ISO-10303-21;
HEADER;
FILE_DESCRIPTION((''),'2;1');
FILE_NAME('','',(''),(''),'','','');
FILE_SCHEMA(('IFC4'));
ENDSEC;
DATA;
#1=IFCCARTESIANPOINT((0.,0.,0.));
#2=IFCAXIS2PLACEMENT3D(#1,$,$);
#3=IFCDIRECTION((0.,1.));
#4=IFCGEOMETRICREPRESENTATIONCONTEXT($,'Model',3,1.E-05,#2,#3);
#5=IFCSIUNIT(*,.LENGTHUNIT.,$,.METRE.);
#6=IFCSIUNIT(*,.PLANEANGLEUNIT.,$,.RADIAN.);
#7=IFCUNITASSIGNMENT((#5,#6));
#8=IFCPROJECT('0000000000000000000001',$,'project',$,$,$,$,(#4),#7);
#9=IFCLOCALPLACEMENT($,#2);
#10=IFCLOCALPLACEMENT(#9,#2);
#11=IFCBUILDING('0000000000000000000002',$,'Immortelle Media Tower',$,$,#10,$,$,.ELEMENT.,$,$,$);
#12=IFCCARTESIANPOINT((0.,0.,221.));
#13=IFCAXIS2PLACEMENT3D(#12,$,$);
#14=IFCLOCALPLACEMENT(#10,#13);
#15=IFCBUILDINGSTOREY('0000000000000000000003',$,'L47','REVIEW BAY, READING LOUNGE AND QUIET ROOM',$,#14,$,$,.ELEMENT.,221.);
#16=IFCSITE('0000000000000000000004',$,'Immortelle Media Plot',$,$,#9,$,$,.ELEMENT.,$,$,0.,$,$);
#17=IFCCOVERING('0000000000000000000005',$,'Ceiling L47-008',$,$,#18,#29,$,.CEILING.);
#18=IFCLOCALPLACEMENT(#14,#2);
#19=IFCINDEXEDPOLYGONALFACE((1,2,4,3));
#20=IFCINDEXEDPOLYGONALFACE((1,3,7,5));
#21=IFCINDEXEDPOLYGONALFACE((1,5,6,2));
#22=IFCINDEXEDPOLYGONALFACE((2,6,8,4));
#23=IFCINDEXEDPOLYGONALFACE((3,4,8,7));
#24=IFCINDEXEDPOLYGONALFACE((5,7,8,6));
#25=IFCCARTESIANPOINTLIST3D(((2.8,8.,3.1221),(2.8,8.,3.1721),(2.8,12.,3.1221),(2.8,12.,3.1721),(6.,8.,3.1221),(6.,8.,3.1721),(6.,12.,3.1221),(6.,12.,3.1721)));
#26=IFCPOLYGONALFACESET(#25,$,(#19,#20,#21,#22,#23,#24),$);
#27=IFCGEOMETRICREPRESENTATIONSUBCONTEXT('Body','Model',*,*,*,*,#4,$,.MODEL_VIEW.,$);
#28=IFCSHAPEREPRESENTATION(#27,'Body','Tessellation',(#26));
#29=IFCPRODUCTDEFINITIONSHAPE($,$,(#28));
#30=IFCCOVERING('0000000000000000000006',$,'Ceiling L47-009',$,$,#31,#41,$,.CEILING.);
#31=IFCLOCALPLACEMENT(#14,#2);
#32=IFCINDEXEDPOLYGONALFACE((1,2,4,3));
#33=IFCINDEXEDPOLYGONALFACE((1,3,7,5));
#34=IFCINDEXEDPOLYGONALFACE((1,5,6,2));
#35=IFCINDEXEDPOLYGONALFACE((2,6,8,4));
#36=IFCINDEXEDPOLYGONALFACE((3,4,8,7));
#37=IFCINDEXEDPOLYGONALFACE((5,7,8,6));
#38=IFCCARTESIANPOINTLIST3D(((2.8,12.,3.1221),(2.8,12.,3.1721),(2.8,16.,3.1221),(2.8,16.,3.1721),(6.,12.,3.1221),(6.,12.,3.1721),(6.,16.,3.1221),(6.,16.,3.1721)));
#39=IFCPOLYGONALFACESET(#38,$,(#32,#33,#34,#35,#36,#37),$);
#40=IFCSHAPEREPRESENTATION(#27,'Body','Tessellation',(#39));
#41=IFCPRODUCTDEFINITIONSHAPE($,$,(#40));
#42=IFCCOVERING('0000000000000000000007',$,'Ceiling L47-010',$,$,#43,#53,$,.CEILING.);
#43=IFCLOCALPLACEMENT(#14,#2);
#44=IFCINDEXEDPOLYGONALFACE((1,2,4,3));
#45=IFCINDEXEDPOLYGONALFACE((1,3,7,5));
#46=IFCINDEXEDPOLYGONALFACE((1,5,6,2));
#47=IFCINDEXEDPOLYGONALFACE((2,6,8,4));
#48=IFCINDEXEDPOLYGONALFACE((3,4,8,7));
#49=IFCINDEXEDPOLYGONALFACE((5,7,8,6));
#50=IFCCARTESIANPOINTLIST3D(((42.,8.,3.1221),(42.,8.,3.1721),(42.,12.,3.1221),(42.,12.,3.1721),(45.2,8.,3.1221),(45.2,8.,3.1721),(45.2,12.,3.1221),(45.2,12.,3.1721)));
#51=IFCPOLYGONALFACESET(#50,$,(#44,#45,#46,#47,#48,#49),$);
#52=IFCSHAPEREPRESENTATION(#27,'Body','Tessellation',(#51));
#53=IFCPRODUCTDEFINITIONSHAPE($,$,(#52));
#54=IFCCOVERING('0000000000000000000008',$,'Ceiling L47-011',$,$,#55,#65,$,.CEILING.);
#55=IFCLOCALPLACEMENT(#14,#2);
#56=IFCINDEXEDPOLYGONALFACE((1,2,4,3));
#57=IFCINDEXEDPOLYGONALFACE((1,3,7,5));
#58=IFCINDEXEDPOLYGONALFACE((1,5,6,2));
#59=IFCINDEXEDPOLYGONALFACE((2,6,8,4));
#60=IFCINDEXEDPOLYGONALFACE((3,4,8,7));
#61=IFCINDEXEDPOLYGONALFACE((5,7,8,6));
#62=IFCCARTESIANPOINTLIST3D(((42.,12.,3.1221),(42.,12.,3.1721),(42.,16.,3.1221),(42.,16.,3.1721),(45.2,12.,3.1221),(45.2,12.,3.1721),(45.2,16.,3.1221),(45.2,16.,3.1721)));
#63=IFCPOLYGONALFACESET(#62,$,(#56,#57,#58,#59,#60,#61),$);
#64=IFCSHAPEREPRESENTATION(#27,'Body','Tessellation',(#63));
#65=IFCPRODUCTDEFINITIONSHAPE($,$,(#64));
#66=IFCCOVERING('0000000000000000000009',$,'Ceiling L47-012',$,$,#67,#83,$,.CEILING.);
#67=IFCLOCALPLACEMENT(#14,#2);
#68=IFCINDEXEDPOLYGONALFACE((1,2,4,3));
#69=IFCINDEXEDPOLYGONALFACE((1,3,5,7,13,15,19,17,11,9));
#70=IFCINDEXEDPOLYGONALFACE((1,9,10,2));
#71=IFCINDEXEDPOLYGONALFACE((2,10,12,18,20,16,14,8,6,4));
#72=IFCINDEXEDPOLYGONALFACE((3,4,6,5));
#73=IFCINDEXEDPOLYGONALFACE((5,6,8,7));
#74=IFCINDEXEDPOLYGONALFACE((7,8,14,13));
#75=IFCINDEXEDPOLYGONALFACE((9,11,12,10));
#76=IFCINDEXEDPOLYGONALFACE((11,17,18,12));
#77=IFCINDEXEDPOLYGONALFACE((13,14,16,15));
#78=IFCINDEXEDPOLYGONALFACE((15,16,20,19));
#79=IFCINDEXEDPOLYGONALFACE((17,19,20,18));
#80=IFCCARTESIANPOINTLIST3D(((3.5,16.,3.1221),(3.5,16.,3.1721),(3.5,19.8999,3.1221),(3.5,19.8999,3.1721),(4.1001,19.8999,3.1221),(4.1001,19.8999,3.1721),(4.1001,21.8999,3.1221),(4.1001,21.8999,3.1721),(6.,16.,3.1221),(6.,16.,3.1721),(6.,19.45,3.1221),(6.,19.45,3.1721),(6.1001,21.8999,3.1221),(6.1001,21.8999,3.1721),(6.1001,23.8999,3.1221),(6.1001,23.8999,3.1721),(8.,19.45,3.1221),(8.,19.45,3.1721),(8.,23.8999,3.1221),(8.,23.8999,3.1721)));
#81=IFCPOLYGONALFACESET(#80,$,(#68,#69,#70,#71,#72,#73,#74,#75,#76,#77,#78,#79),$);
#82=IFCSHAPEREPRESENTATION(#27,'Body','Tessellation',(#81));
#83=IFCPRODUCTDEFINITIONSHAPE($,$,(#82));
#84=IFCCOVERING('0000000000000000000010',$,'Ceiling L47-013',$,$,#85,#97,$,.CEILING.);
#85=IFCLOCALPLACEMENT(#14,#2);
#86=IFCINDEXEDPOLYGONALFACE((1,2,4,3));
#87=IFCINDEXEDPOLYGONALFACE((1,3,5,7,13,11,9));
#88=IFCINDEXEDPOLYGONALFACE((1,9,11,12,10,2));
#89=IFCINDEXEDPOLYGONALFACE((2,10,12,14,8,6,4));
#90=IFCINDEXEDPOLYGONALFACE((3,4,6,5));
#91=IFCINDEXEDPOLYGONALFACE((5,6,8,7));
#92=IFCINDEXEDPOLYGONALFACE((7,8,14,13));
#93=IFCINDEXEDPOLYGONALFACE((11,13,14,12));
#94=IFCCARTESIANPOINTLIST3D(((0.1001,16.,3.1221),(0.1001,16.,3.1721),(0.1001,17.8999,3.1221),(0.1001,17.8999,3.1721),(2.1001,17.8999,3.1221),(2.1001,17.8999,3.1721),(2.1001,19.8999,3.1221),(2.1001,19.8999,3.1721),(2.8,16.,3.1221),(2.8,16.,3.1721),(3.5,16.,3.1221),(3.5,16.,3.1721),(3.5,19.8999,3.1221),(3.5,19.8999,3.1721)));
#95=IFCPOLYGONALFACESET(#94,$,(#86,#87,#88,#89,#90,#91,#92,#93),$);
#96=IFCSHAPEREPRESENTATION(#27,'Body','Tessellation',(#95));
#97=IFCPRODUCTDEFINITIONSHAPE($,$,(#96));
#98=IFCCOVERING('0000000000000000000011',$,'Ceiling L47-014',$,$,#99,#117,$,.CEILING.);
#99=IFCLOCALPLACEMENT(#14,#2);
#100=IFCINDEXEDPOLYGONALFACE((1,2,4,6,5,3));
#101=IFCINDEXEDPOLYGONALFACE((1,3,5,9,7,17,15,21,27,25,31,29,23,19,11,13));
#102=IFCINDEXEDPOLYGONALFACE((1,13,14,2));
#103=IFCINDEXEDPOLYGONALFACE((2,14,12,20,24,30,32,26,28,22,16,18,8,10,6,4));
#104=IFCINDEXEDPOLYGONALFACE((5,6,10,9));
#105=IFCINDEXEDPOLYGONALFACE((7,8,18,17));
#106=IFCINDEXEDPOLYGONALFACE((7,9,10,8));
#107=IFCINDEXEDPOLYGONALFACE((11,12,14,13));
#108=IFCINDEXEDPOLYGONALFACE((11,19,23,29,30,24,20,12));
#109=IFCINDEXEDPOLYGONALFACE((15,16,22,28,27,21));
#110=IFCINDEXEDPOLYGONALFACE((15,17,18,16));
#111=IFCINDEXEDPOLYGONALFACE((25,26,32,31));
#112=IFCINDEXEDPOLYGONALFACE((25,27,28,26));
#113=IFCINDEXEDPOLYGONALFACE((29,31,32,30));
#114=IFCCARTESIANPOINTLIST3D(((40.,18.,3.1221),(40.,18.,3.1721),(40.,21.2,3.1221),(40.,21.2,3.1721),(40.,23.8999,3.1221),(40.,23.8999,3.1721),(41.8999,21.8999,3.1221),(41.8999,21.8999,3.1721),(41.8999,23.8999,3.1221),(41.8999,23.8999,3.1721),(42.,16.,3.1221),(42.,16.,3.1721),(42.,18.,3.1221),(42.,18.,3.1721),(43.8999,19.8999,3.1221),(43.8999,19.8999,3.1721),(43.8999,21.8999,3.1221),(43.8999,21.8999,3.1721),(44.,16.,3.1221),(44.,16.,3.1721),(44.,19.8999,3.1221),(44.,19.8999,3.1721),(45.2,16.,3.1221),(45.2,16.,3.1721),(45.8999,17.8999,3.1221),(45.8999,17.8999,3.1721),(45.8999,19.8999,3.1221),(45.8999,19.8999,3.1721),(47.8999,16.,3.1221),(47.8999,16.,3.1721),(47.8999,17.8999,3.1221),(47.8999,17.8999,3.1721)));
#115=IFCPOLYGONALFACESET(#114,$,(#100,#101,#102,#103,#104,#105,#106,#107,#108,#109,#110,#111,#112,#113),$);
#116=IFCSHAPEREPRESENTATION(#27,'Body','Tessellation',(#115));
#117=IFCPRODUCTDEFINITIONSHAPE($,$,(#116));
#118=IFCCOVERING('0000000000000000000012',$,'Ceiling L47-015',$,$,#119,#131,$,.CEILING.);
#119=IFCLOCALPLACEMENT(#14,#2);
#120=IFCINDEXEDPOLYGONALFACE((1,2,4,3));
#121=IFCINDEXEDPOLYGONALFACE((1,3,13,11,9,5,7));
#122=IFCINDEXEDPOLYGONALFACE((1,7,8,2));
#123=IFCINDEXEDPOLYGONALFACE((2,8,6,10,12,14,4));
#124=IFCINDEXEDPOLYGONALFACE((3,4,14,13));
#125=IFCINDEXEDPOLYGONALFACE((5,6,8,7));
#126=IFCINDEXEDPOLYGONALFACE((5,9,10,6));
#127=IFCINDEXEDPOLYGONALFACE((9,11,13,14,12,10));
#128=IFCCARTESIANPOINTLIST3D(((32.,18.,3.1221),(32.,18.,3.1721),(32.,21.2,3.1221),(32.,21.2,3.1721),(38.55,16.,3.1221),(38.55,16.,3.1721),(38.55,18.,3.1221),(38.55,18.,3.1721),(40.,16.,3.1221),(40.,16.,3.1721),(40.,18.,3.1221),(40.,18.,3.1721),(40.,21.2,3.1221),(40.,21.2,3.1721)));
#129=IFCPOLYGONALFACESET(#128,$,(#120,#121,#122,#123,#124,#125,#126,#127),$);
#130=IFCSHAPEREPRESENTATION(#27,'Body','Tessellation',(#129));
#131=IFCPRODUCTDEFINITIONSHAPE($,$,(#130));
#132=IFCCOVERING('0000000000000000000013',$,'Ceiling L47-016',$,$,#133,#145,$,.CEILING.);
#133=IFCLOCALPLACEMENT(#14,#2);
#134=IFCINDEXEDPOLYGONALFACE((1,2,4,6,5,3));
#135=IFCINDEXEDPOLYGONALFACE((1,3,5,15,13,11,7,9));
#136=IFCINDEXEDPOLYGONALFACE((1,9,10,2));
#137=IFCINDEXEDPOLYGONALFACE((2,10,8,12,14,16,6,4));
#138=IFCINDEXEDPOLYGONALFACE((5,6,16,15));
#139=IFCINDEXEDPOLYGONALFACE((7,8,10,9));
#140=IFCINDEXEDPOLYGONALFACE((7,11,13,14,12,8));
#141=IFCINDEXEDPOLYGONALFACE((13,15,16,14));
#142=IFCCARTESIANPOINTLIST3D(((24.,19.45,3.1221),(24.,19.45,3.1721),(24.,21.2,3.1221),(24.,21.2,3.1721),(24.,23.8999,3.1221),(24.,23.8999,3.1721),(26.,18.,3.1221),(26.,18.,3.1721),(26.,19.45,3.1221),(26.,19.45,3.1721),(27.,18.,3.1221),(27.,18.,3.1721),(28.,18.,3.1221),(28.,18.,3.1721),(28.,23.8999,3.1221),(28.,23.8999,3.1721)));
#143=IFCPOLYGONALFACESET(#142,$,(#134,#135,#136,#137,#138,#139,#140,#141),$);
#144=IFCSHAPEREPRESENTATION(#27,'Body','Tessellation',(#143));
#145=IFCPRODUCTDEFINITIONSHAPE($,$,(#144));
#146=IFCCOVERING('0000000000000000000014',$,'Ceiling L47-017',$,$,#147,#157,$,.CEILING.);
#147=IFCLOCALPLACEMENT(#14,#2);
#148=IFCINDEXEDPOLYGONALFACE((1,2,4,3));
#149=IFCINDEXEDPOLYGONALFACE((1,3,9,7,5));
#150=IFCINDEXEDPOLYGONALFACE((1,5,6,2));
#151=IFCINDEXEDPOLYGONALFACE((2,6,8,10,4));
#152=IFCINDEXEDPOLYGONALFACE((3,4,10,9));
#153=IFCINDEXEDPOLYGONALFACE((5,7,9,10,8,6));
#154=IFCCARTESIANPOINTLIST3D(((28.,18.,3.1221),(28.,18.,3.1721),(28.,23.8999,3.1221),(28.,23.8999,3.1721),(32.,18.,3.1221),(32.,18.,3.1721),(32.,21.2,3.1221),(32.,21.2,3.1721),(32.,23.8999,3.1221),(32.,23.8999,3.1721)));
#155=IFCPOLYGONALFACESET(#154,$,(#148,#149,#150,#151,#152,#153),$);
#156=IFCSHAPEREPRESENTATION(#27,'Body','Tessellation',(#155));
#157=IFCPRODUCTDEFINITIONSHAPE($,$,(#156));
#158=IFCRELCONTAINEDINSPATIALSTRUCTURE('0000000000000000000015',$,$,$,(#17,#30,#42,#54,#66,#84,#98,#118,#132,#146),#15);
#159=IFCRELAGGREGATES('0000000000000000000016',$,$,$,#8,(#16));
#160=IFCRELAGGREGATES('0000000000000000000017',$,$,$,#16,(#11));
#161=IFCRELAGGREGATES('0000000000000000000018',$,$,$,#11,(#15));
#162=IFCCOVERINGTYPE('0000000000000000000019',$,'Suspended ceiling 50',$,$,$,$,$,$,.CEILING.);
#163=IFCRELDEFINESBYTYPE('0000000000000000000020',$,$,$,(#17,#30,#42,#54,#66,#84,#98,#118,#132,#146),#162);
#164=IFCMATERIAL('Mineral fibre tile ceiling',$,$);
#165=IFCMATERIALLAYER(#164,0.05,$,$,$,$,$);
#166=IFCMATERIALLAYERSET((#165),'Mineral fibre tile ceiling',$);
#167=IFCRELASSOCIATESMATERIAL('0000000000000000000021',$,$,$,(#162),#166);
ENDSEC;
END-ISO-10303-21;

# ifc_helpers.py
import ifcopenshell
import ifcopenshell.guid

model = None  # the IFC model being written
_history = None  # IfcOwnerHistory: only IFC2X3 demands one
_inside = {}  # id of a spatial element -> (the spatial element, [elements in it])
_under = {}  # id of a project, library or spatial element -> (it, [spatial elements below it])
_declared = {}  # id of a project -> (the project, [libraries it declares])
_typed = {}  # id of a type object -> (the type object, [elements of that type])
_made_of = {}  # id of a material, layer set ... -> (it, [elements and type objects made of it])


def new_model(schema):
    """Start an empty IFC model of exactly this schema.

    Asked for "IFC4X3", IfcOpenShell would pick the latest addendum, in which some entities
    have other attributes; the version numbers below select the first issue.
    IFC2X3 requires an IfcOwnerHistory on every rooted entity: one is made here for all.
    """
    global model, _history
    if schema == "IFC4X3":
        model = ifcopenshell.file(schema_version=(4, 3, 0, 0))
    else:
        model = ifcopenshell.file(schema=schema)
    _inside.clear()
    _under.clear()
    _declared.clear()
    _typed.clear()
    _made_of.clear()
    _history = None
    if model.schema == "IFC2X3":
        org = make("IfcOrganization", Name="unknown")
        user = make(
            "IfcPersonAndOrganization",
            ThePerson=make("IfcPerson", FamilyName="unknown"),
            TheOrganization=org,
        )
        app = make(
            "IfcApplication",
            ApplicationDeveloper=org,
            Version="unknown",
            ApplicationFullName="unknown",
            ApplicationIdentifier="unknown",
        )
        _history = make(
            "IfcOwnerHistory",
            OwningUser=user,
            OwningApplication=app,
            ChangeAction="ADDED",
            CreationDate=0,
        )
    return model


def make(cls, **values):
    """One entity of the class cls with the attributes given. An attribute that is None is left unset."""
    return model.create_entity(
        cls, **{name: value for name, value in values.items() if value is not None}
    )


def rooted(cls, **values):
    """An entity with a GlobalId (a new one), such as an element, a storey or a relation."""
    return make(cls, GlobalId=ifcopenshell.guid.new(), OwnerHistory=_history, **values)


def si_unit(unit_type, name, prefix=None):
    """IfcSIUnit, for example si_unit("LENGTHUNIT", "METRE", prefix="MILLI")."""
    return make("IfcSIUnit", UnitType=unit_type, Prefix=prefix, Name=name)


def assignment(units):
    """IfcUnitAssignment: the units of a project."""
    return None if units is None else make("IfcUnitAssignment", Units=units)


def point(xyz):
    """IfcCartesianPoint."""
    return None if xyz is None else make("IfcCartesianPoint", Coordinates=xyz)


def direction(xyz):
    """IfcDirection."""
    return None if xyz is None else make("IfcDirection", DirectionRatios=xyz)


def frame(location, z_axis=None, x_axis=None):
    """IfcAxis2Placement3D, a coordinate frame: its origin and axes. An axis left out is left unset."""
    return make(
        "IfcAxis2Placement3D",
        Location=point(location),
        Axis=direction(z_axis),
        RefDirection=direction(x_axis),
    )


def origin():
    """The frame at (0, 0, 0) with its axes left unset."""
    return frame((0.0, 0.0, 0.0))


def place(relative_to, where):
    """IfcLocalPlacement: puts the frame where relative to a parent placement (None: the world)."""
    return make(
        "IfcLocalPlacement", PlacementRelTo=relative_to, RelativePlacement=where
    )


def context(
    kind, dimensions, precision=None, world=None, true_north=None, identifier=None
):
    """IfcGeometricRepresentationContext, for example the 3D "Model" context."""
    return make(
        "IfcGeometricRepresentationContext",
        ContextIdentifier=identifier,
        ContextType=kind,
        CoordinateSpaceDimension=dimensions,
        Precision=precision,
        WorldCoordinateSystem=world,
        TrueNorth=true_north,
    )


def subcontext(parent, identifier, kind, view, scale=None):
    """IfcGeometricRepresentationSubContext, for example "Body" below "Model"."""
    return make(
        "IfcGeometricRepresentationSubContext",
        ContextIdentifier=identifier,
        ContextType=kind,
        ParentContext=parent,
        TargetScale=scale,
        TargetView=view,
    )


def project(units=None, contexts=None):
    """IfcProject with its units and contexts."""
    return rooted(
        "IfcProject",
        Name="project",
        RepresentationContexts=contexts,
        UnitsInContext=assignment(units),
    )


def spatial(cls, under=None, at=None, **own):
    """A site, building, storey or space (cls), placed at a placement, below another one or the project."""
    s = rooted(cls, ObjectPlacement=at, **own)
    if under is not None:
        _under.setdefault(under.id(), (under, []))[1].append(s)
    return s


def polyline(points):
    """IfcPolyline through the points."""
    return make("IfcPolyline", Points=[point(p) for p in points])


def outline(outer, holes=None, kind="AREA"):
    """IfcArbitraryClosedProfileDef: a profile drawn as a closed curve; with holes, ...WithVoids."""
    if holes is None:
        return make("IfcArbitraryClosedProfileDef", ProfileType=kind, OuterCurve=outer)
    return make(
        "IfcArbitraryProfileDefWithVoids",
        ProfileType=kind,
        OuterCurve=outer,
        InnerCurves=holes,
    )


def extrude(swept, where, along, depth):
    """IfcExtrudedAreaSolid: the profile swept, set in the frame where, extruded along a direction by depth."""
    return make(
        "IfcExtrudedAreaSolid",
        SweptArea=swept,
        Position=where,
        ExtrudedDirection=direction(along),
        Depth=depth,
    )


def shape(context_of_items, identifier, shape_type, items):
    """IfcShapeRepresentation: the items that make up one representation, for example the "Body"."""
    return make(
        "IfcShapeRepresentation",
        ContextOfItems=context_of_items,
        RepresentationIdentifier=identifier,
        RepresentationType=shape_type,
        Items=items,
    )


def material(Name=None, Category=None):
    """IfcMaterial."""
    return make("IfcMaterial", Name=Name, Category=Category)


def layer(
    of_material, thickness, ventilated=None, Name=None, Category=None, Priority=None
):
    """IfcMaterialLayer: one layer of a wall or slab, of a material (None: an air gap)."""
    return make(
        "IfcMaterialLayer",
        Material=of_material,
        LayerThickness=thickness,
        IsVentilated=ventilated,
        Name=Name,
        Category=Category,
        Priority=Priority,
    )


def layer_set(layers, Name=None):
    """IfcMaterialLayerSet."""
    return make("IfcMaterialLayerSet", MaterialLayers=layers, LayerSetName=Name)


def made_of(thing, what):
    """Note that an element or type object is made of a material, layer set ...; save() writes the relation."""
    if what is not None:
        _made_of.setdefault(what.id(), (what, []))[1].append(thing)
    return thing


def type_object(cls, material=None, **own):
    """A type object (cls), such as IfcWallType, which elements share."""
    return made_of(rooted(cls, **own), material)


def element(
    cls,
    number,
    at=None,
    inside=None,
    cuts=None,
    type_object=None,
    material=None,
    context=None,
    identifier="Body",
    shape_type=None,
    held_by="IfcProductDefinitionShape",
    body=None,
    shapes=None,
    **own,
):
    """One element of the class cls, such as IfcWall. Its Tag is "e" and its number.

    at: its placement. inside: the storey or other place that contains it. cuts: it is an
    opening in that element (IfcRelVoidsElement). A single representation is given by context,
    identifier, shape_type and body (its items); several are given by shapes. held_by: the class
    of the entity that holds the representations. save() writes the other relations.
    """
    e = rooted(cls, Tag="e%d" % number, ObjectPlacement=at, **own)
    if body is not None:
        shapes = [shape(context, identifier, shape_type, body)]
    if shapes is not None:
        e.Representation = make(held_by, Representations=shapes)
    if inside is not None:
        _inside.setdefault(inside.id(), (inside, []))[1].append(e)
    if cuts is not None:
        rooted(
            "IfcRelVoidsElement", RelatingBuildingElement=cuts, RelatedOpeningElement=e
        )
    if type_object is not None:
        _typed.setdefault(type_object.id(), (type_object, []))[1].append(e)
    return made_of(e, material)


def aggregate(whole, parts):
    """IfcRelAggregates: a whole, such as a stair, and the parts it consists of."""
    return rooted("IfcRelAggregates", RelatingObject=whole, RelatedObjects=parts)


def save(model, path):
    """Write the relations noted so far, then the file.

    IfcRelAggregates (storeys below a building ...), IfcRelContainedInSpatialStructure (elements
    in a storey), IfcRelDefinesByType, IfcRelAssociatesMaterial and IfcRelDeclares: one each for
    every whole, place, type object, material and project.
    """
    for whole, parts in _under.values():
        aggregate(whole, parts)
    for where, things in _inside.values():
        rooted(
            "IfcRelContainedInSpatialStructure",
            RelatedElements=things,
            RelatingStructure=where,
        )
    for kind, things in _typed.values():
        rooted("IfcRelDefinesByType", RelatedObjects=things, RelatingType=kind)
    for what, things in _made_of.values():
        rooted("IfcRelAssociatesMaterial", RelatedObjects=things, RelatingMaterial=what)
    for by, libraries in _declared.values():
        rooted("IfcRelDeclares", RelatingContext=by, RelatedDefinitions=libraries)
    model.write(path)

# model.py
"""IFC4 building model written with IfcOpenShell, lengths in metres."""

from ifc_helpers import new_model, si_unit, direction, frame, origin, place, context, subcontext, project, spatial, polyline, outline, extrude, material, layer, layer_set, type_object, element, save


model = new_model("IFC4")

# Units and contexts
model_context = context("Model", 3, precision=1e-05, world=origin(), true_north=direction((0.0, 1.0)))
body_context = subcontext(model_context, "Body", "Model", "MODEL_VIEW")
ifc_project = project(units=[si_unit("LENGTHUNIT", "METRE"), si_unit("PLANEANGLEUNIT", "RADIAN")], contexts=[model_context])

# Site, building, storey
site_placement = place(None, origin())
site = spatial("IfcSite", under=ifc_project, at=site_placement, Name="Immortelle Media Plot", CompositionType="ELEMENT", RefElevation=0.0)
building_placement = place(site_placement, origin())
building = spatial("IfcBuilding", under=site, at=building_placement, Name="Immortelle Media Tower", CompositionType="ELEMENT")
storey_placement = place(building_placement, frame((0.0, 0.0, 221.0)))
storey = spatial("IfcBuildingStorey", under=building, at=storey_placement, Name="L47", Description="REVIEW BAY, READING LOUNGE AND QUIET ROOM", CompositionType="ELEMENT", Elevation=221.0)

# Coverings
ifc_material_1 = material(Name="Mineral fibre tile ceiling")
ifc_layer_1 = layer(ifc_material_1, 0.05)
ifc_layer_set_1 = layer_set([ifc_layer_1], Name="Mineral fibre tile ceiling")
covering_type = type_object("IfcCoveringType", Name="Suspended ceiling 50", PredefinedType="CEILING", material=ifc_layer_set_1)
covering_1_placement = place(storey_placement, frame((0.0, 0.0, 3.1221)))
element("IfcCovering", 1, at=covering_1_placement, inside=storey, type_object=covering_type, Name="Ceiling L47-008", PredefinedType="CEILING", context=body_context, shape_type="SweptSolid", body=[
    extrude(outline(polyline([(2.8, 8.0), (2.8, 12.0), (6.0, 12.0), (6.0, 8.0), (2.8, 8.0)])), origin(), (0.0, 0.0, 1.0), 0.05),
])
covering_2_placement = place(storey_placement, frame((0.0, 0.0, 3.1221)))
element("IfcCovering", 2, at=covering_2_placement, inside=storey, type_object=covering_type, Name="Ceiling L47-009", PredefinedType="CEILING", context=body_context, shape_type="SweptSolid", body=[
    extrude(outline(polyline([(2.8, 16.0), (6.0, 16.0), (6.0, 12.0), (2.8, 12.0), (2.8, 16.0)])), origin(), (0.0, 0.0, 1.0), 0.05),
])
covering_3_placement = place(storey_placement, frame((0.0, 0.0, 3.1221)))
element("IfcCovering", 3, at=covering_3_placement, inside=storey, type_object=covering_type, Name="Ceiling L47-010", PredefinedType="CEILING", context=body_context, shape_type="SweptSolid", body=[
    extrude(outline(polyline([(42.0, 8.0), (42.0, 12.0), (45.2, 12.0), (45.2, 8.0), (42.0, 8.0)])), origin(), (0.0, 0.0, 1.0), 0.05),
])
covering_4_placement = place(storey_placement, frame((0.0, 0.0, 3.1221)))
element("IfcCovering", 4, at=covering_4_placement, inside=storey, type_object=covering_type, Name="Ceiling L47-011", PredefinedType="CEILING", context=body_context, shape_type="SweptSolid", body=[
    extrude(outline(polyline([(42.0, 16.0), (45.2, 16.0), (45.2, 12.0), (42.0, 12.0), (42.0, 16.0)])), origin(), (0.0, 0.0, 1.0), 0.05),
])
covering_5_placement = place(storey_placement, frame((0.0, 0.0, 3.1221)))
element("IfcCovering", 5, at=covering_5_placement, inside=storey, type_object=covering_type, Name="Ceiling L47-012", PredefinedType="CEILING", context=body_context, shape_type="SweptSolid", body=[
    extrude(outline(polyline([(6.0, 16.0), (3.5, 16.0), (3.5, 19.8999), (4.1001, 19.8999), (4.1001, 21.8999), (6.1001, 21.8999), (6.1001, 23.8999), (8.0, 23.8999), (8.0, 19.45), (6.0, 19.45), (6.0, 16.0)])), origin(), (0.0, 0.0, 1.0), 0.05),
])
covering_6_placement = place(storey_placement, frame((0.0, 0.0, 3.1221)))
element("IfcCovering", 6, at=covering_6_placement, inside=storey, type_object=covering_type, Name="Ceiling L47-013", PredefinedType="CEILING", context=body_context, shape_type="SweptSolid", body=[
    extrude(outline(polyline([(2.8, 16.0), (0.1001, 16.0), (0.1001, 17.8999), (2.1001, 17.8999), (2.1001, 19.8999), (3.5, 19.8999), (3.5, 16.0), (2.8, 16.0)])), origin(), (0.0, 0.0, 1.0), 0.05),
])
covering_7_placement = place(storey_placement, frame((0.0, 0.0, 3.1221)))
element("IfcCovering", 7, at=covering_7_placement, inside=storey, type_object=covering_type, Name="Ceiling L47-014", PredefinedType="CEILING", context=body_context, shape_type="SweptSolid", body=[
    extrude(outline(polyline([(45.8999, 19.8999), (45.8999, 17.8999), (47.8999, 17.8999), (47.8999, 16.0), (45.2, 16.0), (44.0, 16.0), (42.0, 16.0), (42.0, 18.0), (40.0, 18.0), (40.0, 21.2), (40.0, 23.8999), (41.8999, 23.8999), (41.8999, 21.8999), (43.8999, 21.8999), (43.8999, 19.8999), (44.0, 19.8999), (45.8999, 19.8999)])), origin(), (0.0, 0.0, 1.0), 0.05),
])
covering_8_placement = place(storey_placement, frame((0.0, 0.0, 3.1221)))
element("IfcCovering", 8, at=covering_8_placement, inside=storey, type_object=covering_type, Name="Ceiling L47-015", PredefinedType="CEILING", context=body_context, shape_type="SweptSolid", body=[
    extrude(outline(polyline([(38.55, 16.0), (38.55, 18.0), (32.0, 18.0), (32.0, 21.2), (40.0, 21.2), (40.0, 18.0), (40.0, 16.0), (38.55, 16.0)])), origin(), (0.0, 0.0, 1.0), 0.05),
])
covering_9_placement = place(storey_placement, frame((0.0, 0.0, 3.1221)))
element("IfcCovering", 9, at=covering_9_placement, inside=storey, type_object=covering_type, Name="Ceiling L47-016", PredefinedType="CEILING", context=body_context, shape_type="SweptSolid", body=[
    extrude(outline(polyline([(26.0, 18.0), (26.0, 19.45), (24.0, 19.45), (24.0, 21.2), (24.0, 23.8999), (28.0, 23.8999), (28.0, 18.0), (27.0, 18.0), (26.0, 18.0)])), origin(), (0.0, 0.0, 1.0), 0.05),
])
covering_10_placement = place(storey_placement, frame((0.0, 0.0, 3.1221)))
element("IfcCovering", 10, at=covering_10_placement, inside=storey, type_object=covering_type, Name="Ceiling L47-017", PredefinedType="CEILING", context=body_context, shape_type="SweptSolid", body=[
    extrude(outline(polyline([(32.0, 23.8999), (32.0, 21.2), (32.0, 18.0), (28.0, 18.0), (28.0, 23.8999), (32.0, 23.8999)])), origin(), (0.0, 0.0, 1.0), 0.05),
])

save(model, "model.ifc")
